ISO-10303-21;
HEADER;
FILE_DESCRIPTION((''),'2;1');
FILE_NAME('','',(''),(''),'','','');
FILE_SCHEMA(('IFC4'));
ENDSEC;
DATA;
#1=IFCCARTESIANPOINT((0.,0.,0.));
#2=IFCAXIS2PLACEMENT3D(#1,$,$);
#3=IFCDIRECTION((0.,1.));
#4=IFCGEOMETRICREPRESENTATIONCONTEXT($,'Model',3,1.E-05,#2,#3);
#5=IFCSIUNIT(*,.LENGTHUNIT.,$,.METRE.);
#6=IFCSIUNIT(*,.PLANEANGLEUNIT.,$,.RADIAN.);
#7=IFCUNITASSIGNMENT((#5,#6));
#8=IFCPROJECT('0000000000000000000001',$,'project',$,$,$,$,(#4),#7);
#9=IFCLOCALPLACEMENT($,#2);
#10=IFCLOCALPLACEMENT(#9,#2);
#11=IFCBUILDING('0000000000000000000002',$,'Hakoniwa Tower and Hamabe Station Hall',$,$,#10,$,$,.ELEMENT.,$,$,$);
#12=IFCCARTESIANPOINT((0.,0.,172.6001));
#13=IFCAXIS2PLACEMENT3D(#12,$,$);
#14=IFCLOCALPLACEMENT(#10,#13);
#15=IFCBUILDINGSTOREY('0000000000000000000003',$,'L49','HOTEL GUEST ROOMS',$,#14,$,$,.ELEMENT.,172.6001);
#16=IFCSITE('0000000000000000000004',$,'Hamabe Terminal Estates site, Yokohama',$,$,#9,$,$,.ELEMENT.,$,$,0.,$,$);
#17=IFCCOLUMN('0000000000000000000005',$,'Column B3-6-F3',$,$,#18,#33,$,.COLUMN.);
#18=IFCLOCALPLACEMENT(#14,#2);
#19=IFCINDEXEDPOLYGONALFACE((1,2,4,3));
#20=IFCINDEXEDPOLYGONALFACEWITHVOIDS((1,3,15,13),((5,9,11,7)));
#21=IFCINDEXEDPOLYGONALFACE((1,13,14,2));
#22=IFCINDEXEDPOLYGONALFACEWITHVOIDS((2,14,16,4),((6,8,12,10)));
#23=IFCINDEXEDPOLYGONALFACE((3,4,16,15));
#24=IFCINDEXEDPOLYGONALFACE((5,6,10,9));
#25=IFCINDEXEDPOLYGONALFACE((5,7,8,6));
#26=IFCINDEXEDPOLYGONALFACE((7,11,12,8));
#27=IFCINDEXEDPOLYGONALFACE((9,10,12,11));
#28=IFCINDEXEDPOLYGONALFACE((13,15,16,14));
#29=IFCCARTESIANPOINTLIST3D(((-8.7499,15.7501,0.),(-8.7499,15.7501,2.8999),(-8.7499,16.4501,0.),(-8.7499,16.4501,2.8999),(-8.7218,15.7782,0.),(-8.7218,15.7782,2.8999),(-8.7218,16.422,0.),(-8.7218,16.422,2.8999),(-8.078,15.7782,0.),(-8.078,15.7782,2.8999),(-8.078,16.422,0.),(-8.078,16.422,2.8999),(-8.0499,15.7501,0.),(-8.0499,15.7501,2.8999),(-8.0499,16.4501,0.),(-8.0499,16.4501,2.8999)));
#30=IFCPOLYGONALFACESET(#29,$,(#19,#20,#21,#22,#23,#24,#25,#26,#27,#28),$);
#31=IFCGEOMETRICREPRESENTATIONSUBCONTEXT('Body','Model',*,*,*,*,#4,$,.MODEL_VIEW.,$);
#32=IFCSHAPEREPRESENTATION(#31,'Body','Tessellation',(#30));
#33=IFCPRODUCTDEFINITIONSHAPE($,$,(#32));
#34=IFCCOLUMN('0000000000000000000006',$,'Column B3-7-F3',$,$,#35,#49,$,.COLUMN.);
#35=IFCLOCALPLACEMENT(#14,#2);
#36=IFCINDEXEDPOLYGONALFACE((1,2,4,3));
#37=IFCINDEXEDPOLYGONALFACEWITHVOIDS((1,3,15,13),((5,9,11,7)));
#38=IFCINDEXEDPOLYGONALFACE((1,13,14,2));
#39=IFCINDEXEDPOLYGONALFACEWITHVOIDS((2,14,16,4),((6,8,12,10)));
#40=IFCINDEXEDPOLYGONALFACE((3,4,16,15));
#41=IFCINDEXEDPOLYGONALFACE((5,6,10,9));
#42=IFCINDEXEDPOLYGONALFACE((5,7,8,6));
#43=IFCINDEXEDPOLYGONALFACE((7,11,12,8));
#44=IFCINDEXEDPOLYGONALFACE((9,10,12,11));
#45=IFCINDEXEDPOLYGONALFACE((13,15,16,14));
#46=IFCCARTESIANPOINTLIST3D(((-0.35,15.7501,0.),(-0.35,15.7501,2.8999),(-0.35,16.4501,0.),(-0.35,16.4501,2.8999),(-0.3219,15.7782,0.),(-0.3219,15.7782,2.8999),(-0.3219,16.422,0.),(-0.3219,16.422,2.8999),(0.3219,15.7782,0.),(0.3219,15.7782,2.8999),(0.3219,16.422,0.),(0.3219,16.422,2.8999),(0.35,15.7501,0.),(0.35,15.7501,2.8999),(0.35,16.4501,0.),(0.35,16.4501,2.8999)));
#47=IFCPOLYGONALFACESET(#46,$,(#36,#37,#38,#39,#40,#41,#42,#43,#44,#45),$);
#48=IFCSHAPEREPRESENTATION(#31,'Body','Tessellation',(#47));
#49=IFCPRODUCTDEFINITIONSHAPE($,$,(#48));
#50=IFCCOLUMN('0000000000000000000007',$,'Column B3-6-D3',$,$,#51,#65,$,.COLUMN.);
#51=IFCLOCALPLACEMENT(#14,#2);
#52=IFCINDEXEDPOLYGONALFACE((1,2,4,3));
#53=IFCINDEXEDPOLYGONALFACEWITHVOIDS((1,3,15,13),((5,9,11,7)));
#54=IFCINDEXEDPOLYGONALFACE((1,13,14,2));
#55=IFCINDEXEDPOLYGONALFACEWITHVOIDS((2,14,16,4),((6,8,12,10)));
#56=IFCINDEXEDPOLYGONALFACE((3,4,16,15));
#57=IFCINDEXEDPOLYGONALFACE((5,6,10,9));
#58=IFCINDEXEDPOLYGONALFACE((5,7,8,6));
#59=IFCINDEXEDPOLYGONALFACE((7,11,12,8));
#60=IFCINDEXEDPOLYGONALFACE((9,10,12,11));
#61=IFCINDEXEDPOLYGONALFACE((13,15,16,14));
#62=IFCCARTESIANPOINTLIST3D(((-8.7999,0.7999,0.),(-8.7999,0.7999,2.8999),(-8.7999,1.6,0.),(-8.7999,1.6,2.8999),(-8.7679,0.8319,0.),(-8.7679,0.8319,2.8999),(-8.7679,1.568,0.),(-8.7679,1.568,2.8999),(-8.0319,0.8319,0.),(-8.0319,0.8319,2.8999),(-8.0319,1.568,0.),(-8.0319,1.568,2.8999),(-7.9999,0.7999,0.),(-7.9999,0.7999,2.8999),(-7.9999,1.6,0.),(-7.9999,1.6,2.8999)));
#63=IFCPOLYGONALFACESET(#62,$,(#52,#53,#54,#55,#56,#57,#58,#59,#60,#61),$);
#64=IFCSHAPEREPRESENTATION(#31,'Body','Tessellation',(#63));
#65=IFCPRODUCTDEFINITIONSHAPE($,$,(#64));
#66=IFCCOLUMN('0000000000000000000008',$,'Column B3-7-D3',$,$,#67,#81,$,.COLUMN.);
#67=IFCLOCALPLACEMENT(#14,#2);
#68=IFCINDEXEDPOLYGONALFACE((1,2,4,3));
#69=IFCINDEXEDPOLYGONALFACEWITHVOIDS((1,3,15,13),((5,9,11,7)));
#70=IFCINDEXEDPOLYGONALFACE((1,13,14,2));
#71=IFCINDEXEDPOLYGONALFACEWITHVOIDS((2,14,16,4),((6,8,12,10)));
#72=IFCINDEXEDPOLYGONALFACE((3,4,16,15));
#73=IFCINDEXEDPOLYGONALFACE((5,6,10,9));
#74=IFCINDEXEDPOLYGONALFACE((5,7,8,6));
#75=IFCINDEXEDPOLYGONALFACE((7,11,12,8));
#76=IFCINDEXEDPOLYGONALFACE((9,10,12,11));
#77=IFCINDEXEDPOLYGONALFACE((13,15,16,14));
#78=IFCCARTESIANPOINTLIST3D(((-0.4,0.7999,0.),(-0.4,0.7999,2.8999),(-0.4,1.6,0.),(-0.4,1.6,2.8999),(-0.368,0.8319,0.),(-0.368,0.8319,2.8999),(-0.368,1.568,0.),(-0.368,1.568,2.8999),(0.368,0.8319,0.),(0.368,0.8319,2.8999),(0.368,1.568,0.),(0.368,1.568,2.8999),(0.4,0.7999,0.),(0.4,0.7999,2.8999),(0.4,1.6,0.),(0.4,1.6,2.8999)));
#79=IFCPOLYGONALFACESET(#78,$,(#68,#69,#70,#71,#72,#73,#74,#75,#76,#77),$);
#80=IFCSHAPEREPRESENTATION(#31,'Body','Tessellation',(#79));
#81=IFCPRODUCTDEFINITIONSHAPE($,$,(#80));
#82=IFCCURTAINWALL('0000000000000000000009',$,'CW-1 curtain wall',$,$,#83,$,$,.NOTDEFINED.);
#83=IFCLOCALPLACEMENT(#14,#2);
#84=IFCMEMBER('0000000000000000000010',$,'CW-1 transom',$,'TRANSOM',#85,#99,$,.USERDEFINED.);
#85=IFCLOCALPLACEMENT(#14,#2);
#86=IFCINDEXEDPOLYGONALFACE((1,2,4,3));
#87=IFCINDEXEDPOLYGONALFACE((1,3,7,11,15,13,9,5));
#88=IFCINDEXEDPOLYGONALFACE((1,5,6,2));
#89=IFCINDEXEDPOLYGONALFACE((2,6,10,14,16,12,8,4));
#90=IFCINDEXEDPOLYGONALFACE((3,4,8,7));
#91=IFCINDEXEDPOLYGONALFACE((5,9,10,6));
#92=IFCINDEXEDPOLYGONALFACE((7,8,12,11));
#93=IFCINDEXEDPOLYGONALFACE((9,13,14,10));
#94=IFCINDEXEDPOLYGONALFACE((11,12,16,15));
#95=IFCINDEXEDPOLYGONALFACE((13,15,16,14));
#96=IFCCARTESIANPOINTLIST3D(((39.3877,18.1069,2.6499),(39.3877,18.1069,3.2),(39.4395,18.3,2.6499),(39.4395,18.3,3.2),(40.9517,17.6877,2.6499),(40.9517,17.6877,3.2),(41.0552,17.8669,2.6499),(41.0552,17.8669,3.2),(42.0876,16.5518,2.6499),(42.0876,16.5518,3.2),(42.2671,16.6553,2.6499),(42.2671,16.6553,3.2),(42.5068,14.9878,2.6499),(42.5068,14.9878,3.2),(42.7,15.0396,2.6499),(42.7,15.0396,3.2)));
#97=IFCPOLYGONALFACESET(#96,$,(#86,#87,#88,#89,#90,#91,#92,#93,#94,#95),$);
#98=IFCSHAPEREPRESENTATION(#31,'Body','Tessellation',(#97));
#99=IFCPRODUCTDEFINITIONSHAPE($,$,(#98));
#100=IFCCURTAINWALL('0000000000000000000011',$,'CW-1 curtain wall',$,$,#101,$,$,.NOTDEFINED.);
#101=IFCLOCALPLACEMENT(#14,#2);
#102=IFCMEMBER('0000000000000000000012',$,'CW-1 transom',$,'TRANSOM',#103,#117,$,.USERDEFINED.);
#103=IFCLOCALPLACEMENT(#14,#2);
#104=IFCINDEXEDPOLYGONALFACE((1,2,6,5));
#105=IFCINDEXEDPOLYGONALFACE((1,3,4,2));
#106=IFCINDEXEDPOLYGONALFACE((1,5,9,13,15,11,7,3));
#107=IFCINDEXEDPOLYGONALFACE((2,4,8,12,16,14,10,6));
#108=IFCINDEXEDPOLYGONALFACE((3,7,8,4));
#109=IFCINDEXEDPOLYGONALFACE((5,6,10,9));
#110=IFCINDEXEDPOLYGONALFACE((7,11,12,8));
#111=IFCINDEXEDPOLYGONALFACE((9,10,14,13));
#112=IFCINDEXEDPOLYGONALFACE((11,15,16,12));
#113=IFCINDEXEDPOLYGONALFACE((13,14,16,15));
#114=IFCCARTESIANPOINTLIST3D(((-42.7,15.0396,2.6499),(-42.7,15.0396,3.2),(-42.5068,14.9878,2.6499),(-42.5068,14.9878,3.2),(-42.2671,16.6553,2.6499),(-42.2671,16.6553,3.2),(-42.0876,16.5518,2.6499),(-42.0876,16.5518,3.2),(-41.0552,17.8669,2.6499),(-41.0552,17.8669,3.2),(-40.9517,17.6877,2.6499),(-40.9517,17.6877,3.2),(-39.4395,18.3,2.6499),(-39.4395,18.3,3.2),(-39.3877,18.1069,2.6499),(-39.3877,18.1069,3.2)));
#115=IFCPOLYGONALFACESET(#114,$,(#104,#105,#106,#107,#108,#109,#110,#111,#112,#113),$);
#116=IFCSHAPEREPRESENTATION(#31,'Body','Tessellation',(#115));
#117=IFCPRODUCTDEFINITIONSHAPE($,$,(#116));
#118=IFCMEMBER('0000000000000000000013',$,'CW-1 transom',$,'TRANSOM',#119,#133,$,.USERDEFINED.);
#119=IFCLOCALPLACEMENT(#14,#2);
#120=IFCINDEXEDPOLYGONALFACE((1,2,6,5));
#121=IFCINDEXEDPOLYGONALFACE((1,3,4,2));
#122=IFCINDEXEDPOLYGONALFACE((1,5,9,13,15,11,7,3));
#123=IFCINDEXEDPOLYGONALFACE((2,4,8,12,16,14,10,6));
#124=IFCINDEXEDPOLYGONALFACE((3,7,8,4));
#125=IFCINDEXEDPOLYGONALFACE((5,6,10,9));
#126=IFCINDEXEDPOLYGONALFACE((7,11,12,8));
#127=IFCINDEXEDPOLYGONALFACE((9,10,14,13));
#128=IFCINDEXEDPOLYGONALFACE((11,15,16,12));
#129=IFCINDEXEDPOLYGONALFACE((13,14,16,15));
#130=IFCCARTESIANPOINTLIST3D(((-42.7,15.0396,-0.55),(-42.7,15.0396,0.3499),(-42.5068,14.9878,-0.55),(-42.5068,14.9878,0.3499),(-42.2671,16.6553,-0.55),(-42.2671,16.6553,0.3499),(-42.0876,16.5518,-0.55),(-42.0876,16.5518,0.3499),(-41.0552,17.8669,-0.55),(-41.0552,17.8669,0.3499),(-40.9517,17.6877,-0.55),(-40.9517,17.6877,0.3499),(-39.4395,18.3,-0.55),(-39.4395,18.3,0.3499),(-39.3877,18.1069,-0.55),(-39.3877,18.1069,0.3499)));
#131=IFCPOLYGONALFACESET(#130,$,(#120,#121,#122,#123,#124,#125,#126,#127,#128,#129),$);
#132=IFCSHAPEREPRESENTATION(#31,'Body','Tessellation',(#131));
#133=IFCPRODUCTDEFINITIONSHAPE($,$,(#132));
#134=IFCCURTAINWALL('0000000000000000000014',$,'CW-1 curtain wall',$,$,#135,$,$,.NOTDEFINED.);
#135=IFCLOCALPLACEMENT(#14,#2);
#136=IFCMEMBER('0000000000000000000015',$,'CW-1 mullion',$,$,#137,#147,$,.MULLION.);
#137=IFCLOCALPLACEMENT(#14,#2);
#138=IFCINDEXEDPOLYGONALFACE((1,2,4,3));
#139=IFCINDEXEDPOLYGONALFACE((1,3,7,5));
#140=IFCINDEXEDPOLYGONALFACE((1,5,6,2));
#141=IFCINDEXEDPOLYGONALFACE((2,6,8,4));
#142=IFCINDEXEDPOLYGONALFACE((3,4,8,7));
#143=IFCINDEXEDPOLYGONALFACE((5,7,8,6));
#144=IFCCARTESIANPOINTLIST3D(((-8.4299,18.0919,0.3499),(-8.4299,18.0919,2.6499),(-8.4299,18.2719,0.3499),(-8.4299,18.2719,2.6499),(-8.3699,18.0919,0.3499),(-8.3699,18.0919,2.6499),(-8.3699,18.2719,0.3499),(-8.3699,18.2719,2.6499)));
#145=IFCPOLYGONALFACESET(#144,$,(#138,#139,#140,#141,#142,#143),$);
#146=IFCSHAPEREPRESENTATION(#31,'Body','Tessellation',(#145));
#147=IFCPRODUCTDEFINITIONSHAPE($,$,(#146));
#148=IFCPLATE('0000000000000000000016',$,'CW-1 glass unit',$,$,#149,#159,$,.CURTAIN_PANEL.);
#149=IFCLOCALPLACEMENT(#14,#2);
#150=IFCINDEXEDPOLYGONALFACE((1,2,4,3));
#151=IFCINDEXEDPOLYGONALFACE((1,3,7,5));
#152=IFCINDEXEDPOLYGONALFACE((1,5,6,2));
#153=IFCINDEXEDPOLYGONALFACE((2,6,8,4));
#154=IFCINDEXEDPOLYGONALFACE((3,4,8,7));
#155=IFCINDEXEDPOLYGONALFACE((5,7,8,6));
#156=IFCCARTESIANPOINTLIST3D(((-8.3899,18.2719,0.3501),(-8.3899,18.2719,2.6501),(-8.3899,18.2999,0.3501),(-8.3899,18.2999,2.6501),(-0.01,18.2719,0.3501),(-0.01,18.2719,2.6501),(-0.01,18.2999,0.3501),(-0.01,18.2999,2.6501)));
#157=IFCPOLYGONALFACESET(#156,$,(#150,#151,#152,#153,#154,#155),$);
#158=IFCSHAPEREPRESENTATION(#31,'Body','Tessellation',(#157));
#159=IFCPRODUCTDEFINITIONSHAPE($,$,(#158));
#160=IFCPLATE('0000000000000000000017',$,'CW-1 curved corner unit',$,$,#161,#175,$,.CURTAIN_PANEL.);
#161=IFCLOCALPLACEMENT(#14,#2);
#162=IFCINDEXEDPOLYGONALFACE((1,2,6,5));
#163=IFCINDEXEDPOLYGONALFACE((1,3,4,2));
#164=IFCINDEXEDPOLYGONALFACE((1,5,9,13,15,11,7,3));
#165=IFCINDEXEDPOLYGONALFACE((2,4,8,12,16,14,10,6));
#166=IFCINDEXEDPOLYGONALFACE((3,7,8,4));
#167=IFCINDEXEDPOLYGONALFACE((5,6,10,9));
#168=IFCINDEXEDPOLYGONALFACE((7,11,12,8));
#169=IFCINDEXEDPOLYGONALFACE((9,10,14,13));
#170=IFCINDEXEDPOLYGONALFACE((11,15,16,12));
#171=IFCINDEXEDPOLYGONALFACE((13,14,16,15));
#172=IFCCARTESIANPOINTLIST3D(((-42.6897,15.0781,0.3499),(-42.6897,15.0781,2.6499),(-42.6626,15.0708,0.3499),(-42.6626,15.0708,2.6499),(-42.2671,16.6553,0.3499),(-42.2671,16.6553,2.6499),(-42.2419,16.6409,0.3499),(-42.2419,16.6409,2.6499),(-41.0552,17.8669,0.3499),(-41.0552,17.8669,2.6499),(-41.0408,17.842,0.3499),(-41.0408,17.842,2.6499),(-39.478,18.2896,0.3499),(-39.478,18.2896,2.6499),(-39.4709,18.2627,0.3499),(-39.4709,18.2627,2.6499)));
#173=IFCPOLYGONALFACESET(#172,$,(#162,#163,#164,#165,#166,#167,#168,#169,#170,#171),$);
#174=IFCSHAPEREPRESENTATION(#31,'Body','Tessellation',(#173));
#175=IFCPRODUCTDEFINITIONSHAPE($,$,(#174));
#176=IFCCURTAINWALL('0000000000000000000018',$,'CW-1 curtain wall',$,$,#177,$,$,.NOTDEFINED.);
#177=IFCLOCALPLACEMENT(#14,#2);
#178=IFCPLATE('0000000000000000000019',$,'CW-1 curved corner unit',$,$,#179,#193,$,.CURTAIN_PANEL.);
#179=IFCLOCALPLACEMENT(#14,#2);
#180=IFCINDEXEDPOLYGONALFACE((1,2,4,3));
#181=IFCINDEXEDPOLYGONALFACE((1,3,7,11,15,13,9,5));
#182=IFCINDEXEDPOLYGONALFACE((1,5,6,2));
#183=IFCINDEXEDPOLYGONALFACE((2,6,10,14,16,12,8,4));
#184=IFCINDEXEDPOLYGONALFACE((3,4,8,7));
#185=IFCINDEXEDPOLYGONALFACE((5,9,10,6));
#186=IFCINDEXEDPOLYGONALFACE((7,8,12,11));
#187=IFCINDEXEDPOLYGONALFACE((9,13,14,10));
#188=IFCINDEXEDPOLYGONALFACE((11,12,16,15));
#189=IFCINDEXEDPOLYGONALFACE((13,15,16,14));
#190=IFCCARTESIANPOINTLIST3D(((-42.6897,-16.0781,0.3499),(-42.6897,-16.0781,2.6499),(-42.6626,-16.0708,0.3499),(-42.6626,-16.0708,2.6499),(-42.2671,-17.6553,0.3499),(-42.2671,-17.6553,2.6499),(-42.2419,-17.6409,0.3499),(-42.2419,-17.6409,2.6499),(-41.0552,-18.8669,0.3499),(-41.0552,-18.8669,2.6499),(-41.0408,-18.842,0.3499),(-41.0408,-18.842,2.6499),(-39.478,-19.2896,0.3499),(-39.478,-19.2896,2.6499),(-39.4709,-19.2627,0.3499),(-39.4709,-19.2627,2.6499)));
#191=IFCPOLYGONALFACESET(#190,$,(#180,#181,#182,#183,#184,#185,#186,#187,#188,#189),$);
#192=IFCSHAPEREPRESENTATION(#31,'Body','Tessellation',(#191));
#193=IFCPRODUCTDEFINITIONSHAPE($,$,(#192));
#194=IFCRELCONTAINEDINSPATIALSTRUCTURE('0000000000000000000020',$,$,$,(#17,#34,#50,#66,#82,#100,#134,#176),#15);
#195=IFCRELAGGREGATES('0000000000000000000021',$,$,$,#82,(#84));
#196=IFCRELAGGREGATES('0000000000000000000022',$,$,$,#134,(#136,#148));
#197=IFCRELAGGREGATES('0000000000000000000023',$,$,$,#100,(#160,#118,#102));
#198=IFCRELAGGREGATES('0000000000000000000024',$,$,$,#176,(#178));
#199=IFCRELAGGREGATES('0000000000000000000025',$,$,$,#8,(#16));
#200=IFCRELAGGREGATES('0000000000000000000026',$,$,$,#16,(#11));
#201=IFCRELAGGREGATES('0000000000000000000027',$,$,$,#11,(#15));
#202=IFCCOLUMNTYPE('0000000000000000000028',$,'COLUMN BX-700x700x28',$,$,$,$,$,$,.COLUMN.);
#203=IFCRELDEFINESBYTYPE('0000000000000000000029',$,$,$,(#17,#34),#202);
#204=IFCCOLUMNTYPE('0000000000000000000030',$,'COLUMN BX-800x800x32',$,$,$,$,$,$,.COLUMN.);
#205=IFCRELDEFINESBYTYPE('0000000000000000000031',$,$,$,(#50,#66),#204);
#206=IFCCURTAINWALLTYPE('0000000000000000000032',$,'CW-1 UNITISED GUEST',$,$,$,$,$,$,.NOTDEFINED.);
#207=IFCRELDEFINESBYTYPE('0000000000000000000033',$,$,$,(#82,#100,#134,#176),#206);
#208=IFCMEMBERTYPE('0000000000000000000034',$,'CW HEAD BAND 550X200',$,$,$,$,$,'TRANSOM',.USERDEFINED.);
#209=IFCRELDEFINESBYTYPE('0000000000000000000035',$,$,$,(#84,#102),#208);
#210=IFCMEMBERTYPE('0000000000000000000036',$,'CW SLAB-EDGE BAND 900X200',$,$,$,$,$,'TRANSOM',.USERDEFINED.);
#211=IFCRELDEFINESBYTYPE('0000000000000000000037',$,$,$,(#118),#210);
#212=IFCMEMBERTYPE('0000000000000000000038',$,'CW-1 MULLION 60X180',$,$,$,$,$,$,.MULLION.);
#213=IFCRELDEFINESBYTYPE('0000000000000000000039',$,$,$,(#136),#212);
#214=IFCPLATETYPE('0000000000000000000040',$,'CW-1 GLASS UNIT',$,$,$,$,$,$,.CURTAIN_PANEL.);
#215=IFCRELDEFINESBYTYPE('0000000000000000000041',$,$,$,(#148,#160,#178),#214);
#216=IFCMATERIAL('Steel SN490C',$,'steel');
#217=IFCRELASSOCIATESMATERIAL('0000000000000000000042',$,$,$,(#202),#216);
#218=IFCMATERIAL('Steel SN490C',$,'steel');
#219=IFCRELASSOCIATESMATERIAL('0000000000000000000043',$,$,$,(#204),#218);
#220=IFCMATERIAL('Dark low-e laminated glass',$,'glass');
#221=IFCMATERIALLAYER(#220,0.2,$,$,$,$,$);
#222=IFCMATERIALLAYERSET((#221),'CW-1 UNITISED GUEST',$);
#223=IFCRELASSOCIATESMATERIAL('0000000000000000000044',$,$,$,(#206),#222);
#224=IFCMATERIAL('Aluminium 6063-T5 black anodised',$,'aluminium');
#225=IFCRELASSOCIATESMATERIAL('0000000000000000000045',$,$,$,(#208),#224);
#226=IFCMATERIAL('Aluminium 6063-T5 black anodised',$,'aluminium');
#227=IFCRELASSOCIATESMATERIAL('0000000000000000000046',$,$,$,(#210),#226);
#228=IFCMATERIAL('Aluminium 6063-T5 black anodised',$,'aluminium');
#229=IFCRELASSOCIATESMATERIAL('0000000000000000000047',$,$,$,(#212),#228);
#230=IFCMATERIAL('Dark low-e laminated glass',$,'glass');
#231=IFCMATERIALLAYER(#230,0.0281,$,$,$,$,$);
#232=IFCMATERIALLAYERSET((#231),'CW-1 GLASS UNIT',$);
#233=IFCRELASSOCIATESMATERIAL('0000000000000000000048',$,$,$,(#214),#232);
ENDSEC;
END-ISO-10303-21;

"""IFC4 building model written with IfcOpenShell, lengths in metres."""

from ifc_helpers import new_model, si_unit, direction, frame, origin, origin_2d, place, context, subcontext, project, spatial, polyline, rectangle, hollow_rectangle, outline, extrude, material, layer, layer_set, material_profile, profile_set, type_object, element, aggregate, save


model = new_model("IFC4")

# Units and contexts
model_context = context("Model", 3, precision=1e-05, world=origin(), true_north=direction((0.0, 1.0)))
body_context = subcontext(model_context, "Body", "Model", "MODEL_VIEW")
ifc_project = project(units=[si_unit("LENGTHUNIT", "METRE"), si_unit("PLANEANGLEUNIT", "RADIAN")], contexts=[model_context])

# Site, building, storey
site_placement = place(None, origin())
site = spatial("IfcSite", under=ifc_project, at=site_placement, Name="Hamabe Terminal Estates site, Yokohama", CompositionType="ELEMENT", RefElevation=0.0)
building_placement = place(site_placement, origin())
building = spatial("IfcBuilding", under=site, at=building_placement, Name="Hakoniwa Tower and Hamabe Station Hall", CompositionType="ELEMENT")
storey_placement = place(building_placement, frame((0.0, 0.0, 172.6001)))
storey = spatial("IfcBuildingStorey", under=building, at=storey_placement, Name="L49", Description="HOTEL GUEST ROOMS", CompositionType="ELEMENT", Elevation=172.6001)

# Columns
ifc_material_1 = material(Name="Steel SN490C", Category="steel")
ifc_material_profile_1 = material_profile(ifc_material_1, hollow_rectangle(XDim=0.7, YDim=0.7, WallThickness=0.0281, at=origin_2d()), Name="BX-700x700x28")
ifc_profile_set_1 = profile_set([ifc_material_profile_1], Name="Steel SN490C")
column_type_1 = type_object("IfcColumnType", Name="COLUMN BX-700x700x28", PredefinedType="COLUMN", material=ifc_profile_set_1)
for number, where, z_axis, x_axis, name in (
    (1, (-8.3999, 16.1001, 0.0), (0.0, 0.0, 1.0), (1.0, 0.0, 0.0), "Column B3-6-F3"),
    (2, (0.0, 16.1001, 0.0), (0.0, 0.0, 1.0), (1.0, 0.0, 0.0), "Column B3-7-F3"),
):
    element("IfcColumn", number, at=place(storey_placement, frame(where, z_axis=z_axis, x_axis=x_axis)), inside=storey, type_object=column_type_1, Name=name, PredefinedType="COLUMN", context=body_context, shape_type="SweptSolid", body=[
        extrude(hollow_rectangle(XDim=0.7, YDim=0.7, WallThickness=0.0281, at=origin_2d()), origin(), (0.0, 0.0, 1.0), 2.8999),
    ])
ifc_material_2 = material(Name="Steel SN490C", Category="steel")
ifc_material_profile_2 = material_profile(ifc_material_2, hollow_rectangle(XDim=0.8, YDim=0.8, WallThickness=0.032, at=origin_2d()), Name="BX-800x800x32")
ifc_profile_set_2 = profile_set([ifc_material_profile_2], Name="Steel SN490C")
column_type_2 = type_object("IfcColumnType", Name="COLUMN BX-800x800x32", PredefinedType="COLUMN", material=ifc_profile_set_2)
for number, where, z_axis, x_axis, name in (
    (3, (-8.3999, 1.2, 0.0), (0.0, 0.0, 1.0), (1.0, 0.0, 0.0), "Column B3-6-D3"),
    (4, (0.0, 1.2, 0.0), (0.0, 0.0, 1.0), (1.0, 0.0, 0.0), "Column B3-7-D3"),
):
    element("IfcColumn", number, at=place(storey_placement, frame(where, z_axis=z_axis, x_axis=x_axis)), inside=storey, type_object=column_type_2, Name=name, PredefinedType="COLUMN", context=body_context, shape_type="SweptSolid", body=[
        extrude(hollow_rectangle(XDim=0.8, YDim=0.8, WallThickness=0.032, at=origin_2d()), origin(), (0.0, 0.0, 1.0), 2.8999),
    ])

# Curtain wall, member
ifc_material_3 = material(Name="Dark low-e laminated glass", Category="glass")
ifc_layer_1 = layer(ifc_material_3, 0.2)
ifc_layer_set_1 = layer_set([ifc_layer_1], Name="CW-1 UNITISED GUEST")
curtain_wall_type = type_object("IfcCurtainWallType", Name="CW-1 UNITISED GUEST", PredefinedType="NOTDEFINED", material=ifc_layer_set_1)
curtain_wall_1_placement = place(storey_placement, origin())
curtain_wall_1 = element("IfcCurtainWall", 5, at=curtain_wall_1_placement, inside=storey, type_object=curtain_wall_type, Name="CW-1 curtain wall", PredefinedType="NOTDEFINED")
ifc_material_4 = material(Name="Aluminium 6063-T5 black anodised", Category="aluminium")
ifc_material_profile_3 = material_profile(ifc_material_4, rectangle(XDim=0.2, YDim=0.55, at=origin_2d()), Name="CW HEAD BAND 550X200")
ifc_profile_set_3 = profile_set([ifc_material_profile_3], Name="Aluminium 6063-T5 black anodised")
member_type_1 = type_object("IfcMemberType", Name="CW HEAD BAND 550X200", ElementType="TRANSOM", PredefinedType="USERDEFINED", material=ifc_profile_set_3)
member_1_placement = place(storey_placement, frame((0.0, 0.0, 2.6499)))
member_1 = element("IfcMember", 6, at=member_1_placement, type_object=member_type_1, Name="CW-1 transom", ObjectType="TRANSOM", PredefinedType="USERDEFINED", context=body_context, shape_type="SweptSolid", body=[
    extrude(outline(polyline([(42.7, 15.0396), (42.2671, 16.6553), (41.0552, 17.8669), (39.4395, 18.3), (39.3877, 18.1069), (40.9517, 17.6877), (42.0876, 16.5518), (42.5068, 14.9878), (42.7, 15.0396)])), origin(), (0.0, 0.0, 1.0), 0.55),
])
aggregate(curtain_wall_1, [member_1])

# Curtain wall, members
curtain_wall_2_placement = place(storey_placement, origin())
curtain_wall_2 = element("IfcCurtainWall", 7, at=curtain_wall_2_placement, inside=storey, type_object=curtain_wall_type, Name="CW-1 curtain wall", PredefinedType="NOTDEFINED")
member_2_placement = place(storey_placement, frame((0.0, 0.0, 2.6499)))
member_2 = element("IfcMember", 8, at=member_2_placement, type_object=member_type_1, Name="CW-1 transom", ObjectType="TRANSOM", PredefinedType="USERDEFINED", context=body_context, shape_type="SweptSolid", body=[
    extrude(outline(polyline([(-39.4395, 18.3), (-41.0552, 17.8669), (-42.2671, 16.6553), (-42.7, 15.0396), (-42.5068, 14.9878), (-42.0876, 16.5518), (-40.9517, 17.6877), (-39.3877, 18.1069), (-39.4395, 18.3)])), origin(), (0.0, 0.0, 1.0), 0.55),
])
ifc_material_5 = material(Name="Aluminium 6063-T5 black anodised", Category="aluminium")
ifc_material_profile_4 = material_profile(ifc_material_5, rectangle(XDim=0.2, YDim=0.8999, at=origin_2d()), Name="CW SLAB-EDGE BAND 900X200")
ifc_profile_set_4 = profile_set([ifc_material_profile_4], Name="Aluminium 6063-T5 black anodised")
member_type_2 = type_object("IfcMemberType", Name="CW SLAB-EDGE BAND 900X200", ElementType="TRANSOM", PredefinedType="USERDEFINED", material=ifc_profile_set_4)
member_3_placement = place(storey_placement, frame((0.0, 0.0, -0.55)))
member_3 = element("IfcMember", 9, at=member_3_placement, type_object=member_type_2, Name="CW-1 transom", ObjectType="TRANSOM", PredefinedType="USERDEFINED", context=body_context, shape_type="SweptSolid", body=[
    extrude(outline(polyline([(-39.4395, 18.3), (-41.0552, 17.8669), (-42.2671, 16.6553), (-42.7, 15.0396), (-42.5068, 14.9878), (-42.0876, 16.5518), (-40.9517, 17.6877), (-39.3877, 18.1069), (-39.4395, 18.3)])), origin(), (0.0, 0.0, 1.0), 0.8999),
])

# Curtain wall, member, plate
curtain_wall_3_placement = place(storey_placement, origin())
curtain_wall_3 = element("IfcCurtainWall", 10, at=curtain_wall_3_placement, inside=storey, type_object=curtain_wall_type, Name="CW-1 curtain wall", PredefinedType="NOTDEFINED")
ifc_material_6 = material(Name="Aluminium 6063-T5 black anodised", Category="aluminium")
ifc_material_profile_5 = material_profile(ifc_material_6, rectangle(XDim=0.0601, YDim=0.1799, at=origin_2d()), Name="CW-1 MULLION 60X180")
ifc_profile_set_5 = profile_set([ifc_material_profile_5], Name="Aluminium 6063-T5 black anodised")
member_type_3 = type_object("IfcMemberType", Name="CW-1 MULLION 60X180", PredefinedType="MULLION", material=ifc_profile_set_5)
member_4_placement = place(storey_placement, frame((-8.3999, 18.1819, 0.3499), z_axis=(0.0, 0.0, 1.0), x_axis=(-1.0, 0.0, 0.0)))
member_4 = element("IfcMember", 11, at=member_4_placement, type_object=member_type_3, Name="CW-1 mullion", PredefinedType="MULLION", context=body_context, shape_type="SweptSolid", body=[
    extrude(rectangle(XDim=0.0601, YDim=0.1799, at=origin_2d()), origin(), (0.0, 0.0, 1.0), 2.3),
])
ifc_material_7 = material(Name="Dark low-e laminated glass", Category="glass")
ifc_layer_2 = layer(ifc_material_7, 0.0281)
ifc_layer_set_2 = layer_set([ifc_layer_2], Name="CW-1 GLASS UNIT")
plate_type = type_object("IfcPlateType", Name="CW-1 GLASS UNIT", PredefinedType="CURTAIN_PANEL", material=ifc_layer_set_2)
plate_1_placement = place(storey_placement, frame((-4.2, 18.2859, 0.3501), z_axis=(0.0, 0.0, 1.0), x_axis=(-1.0, 0.0, 0.0)))
plate_1 = element("IfcPlate", 12, at=plate_1_placement, type_object=plate_type, Name="CW-1 glass unit", PredefinedType="CURTAIN_PANEL", context=body_context, shape_type="SweptSolid", body=[
    extrude(rectangle(XDim=8.3799, YDim=0.0281, at=origin_2d()), origin(), (0.0, 0.0, 1.0), 2.3),
])
aggregate(curtain_wall_3, [member_4, plate_1])

# Plate
plate_2_placement = place(storey_placement, frame((0.0, 0.0, 0.3499)))
plate_2 = element("IfcPlate", 13, at=plate_2_placement, type_object=plate_type, Name="CW-1 curved corner unit", PredefinedType="CURTAIN_PANEL", context=body_context, shape_type="SweptSolid", body=[
    extrude(outline(polyline([(-39.478, 18.2896), (-41.0552, 17.8669), (-42.2671, 16.6553), (-42.6897, 15.0781), (-42.6626, 15.0708), (-42.2419, 16.6409), (-41.0408, 17.842), (-39.4709, 18.2627), (-39.478, 18.2896)])), origin(), (0.0, 0.0, 1.0), 2.3),
])
aggregate(curtain_wall_2, [plate_2, member_3, member_2])

# Curtain wall, plate
curtain_wall_4_placement = place(storey_placement, origin())
curtain_wall_4 = element("IfcCurtainWall", 14, at=curtain_wall_4_placement, inside=storey, type_object=curtain_wall_type, Name="CW-1 curtain wall", PredefinedType="NOTDEFINED")
plate_3_placement = place(storey_placement, frame((0.0, 0.0, 0.3499)))
plate_3 = element("IfcPlate", 15, at=plate_3_placement, type_object=plate_type, Name="CW-1 curved corner unit", PredefinedType="CURTAIN_PANEL", context=body_context, shape_type="SweptSolid", body=[
    extrude(outline(polyline([(-42.6897, -16.0781), (-42.2671, -17.6553), (-41.0552, -18.8669), (-39.478, -19.2896), (-39.4709, -19.2627), (-41.0408, -18.842), (-42.2419, -17.6409), (-42.6626, -16.0708), (-42.6897, -16.0781)])), origin(), (0.0, 0.0, 1.0), 2.3),
])
aggregate(curtain_wall_4, [plate_3])

save(model, "model.ifc")
